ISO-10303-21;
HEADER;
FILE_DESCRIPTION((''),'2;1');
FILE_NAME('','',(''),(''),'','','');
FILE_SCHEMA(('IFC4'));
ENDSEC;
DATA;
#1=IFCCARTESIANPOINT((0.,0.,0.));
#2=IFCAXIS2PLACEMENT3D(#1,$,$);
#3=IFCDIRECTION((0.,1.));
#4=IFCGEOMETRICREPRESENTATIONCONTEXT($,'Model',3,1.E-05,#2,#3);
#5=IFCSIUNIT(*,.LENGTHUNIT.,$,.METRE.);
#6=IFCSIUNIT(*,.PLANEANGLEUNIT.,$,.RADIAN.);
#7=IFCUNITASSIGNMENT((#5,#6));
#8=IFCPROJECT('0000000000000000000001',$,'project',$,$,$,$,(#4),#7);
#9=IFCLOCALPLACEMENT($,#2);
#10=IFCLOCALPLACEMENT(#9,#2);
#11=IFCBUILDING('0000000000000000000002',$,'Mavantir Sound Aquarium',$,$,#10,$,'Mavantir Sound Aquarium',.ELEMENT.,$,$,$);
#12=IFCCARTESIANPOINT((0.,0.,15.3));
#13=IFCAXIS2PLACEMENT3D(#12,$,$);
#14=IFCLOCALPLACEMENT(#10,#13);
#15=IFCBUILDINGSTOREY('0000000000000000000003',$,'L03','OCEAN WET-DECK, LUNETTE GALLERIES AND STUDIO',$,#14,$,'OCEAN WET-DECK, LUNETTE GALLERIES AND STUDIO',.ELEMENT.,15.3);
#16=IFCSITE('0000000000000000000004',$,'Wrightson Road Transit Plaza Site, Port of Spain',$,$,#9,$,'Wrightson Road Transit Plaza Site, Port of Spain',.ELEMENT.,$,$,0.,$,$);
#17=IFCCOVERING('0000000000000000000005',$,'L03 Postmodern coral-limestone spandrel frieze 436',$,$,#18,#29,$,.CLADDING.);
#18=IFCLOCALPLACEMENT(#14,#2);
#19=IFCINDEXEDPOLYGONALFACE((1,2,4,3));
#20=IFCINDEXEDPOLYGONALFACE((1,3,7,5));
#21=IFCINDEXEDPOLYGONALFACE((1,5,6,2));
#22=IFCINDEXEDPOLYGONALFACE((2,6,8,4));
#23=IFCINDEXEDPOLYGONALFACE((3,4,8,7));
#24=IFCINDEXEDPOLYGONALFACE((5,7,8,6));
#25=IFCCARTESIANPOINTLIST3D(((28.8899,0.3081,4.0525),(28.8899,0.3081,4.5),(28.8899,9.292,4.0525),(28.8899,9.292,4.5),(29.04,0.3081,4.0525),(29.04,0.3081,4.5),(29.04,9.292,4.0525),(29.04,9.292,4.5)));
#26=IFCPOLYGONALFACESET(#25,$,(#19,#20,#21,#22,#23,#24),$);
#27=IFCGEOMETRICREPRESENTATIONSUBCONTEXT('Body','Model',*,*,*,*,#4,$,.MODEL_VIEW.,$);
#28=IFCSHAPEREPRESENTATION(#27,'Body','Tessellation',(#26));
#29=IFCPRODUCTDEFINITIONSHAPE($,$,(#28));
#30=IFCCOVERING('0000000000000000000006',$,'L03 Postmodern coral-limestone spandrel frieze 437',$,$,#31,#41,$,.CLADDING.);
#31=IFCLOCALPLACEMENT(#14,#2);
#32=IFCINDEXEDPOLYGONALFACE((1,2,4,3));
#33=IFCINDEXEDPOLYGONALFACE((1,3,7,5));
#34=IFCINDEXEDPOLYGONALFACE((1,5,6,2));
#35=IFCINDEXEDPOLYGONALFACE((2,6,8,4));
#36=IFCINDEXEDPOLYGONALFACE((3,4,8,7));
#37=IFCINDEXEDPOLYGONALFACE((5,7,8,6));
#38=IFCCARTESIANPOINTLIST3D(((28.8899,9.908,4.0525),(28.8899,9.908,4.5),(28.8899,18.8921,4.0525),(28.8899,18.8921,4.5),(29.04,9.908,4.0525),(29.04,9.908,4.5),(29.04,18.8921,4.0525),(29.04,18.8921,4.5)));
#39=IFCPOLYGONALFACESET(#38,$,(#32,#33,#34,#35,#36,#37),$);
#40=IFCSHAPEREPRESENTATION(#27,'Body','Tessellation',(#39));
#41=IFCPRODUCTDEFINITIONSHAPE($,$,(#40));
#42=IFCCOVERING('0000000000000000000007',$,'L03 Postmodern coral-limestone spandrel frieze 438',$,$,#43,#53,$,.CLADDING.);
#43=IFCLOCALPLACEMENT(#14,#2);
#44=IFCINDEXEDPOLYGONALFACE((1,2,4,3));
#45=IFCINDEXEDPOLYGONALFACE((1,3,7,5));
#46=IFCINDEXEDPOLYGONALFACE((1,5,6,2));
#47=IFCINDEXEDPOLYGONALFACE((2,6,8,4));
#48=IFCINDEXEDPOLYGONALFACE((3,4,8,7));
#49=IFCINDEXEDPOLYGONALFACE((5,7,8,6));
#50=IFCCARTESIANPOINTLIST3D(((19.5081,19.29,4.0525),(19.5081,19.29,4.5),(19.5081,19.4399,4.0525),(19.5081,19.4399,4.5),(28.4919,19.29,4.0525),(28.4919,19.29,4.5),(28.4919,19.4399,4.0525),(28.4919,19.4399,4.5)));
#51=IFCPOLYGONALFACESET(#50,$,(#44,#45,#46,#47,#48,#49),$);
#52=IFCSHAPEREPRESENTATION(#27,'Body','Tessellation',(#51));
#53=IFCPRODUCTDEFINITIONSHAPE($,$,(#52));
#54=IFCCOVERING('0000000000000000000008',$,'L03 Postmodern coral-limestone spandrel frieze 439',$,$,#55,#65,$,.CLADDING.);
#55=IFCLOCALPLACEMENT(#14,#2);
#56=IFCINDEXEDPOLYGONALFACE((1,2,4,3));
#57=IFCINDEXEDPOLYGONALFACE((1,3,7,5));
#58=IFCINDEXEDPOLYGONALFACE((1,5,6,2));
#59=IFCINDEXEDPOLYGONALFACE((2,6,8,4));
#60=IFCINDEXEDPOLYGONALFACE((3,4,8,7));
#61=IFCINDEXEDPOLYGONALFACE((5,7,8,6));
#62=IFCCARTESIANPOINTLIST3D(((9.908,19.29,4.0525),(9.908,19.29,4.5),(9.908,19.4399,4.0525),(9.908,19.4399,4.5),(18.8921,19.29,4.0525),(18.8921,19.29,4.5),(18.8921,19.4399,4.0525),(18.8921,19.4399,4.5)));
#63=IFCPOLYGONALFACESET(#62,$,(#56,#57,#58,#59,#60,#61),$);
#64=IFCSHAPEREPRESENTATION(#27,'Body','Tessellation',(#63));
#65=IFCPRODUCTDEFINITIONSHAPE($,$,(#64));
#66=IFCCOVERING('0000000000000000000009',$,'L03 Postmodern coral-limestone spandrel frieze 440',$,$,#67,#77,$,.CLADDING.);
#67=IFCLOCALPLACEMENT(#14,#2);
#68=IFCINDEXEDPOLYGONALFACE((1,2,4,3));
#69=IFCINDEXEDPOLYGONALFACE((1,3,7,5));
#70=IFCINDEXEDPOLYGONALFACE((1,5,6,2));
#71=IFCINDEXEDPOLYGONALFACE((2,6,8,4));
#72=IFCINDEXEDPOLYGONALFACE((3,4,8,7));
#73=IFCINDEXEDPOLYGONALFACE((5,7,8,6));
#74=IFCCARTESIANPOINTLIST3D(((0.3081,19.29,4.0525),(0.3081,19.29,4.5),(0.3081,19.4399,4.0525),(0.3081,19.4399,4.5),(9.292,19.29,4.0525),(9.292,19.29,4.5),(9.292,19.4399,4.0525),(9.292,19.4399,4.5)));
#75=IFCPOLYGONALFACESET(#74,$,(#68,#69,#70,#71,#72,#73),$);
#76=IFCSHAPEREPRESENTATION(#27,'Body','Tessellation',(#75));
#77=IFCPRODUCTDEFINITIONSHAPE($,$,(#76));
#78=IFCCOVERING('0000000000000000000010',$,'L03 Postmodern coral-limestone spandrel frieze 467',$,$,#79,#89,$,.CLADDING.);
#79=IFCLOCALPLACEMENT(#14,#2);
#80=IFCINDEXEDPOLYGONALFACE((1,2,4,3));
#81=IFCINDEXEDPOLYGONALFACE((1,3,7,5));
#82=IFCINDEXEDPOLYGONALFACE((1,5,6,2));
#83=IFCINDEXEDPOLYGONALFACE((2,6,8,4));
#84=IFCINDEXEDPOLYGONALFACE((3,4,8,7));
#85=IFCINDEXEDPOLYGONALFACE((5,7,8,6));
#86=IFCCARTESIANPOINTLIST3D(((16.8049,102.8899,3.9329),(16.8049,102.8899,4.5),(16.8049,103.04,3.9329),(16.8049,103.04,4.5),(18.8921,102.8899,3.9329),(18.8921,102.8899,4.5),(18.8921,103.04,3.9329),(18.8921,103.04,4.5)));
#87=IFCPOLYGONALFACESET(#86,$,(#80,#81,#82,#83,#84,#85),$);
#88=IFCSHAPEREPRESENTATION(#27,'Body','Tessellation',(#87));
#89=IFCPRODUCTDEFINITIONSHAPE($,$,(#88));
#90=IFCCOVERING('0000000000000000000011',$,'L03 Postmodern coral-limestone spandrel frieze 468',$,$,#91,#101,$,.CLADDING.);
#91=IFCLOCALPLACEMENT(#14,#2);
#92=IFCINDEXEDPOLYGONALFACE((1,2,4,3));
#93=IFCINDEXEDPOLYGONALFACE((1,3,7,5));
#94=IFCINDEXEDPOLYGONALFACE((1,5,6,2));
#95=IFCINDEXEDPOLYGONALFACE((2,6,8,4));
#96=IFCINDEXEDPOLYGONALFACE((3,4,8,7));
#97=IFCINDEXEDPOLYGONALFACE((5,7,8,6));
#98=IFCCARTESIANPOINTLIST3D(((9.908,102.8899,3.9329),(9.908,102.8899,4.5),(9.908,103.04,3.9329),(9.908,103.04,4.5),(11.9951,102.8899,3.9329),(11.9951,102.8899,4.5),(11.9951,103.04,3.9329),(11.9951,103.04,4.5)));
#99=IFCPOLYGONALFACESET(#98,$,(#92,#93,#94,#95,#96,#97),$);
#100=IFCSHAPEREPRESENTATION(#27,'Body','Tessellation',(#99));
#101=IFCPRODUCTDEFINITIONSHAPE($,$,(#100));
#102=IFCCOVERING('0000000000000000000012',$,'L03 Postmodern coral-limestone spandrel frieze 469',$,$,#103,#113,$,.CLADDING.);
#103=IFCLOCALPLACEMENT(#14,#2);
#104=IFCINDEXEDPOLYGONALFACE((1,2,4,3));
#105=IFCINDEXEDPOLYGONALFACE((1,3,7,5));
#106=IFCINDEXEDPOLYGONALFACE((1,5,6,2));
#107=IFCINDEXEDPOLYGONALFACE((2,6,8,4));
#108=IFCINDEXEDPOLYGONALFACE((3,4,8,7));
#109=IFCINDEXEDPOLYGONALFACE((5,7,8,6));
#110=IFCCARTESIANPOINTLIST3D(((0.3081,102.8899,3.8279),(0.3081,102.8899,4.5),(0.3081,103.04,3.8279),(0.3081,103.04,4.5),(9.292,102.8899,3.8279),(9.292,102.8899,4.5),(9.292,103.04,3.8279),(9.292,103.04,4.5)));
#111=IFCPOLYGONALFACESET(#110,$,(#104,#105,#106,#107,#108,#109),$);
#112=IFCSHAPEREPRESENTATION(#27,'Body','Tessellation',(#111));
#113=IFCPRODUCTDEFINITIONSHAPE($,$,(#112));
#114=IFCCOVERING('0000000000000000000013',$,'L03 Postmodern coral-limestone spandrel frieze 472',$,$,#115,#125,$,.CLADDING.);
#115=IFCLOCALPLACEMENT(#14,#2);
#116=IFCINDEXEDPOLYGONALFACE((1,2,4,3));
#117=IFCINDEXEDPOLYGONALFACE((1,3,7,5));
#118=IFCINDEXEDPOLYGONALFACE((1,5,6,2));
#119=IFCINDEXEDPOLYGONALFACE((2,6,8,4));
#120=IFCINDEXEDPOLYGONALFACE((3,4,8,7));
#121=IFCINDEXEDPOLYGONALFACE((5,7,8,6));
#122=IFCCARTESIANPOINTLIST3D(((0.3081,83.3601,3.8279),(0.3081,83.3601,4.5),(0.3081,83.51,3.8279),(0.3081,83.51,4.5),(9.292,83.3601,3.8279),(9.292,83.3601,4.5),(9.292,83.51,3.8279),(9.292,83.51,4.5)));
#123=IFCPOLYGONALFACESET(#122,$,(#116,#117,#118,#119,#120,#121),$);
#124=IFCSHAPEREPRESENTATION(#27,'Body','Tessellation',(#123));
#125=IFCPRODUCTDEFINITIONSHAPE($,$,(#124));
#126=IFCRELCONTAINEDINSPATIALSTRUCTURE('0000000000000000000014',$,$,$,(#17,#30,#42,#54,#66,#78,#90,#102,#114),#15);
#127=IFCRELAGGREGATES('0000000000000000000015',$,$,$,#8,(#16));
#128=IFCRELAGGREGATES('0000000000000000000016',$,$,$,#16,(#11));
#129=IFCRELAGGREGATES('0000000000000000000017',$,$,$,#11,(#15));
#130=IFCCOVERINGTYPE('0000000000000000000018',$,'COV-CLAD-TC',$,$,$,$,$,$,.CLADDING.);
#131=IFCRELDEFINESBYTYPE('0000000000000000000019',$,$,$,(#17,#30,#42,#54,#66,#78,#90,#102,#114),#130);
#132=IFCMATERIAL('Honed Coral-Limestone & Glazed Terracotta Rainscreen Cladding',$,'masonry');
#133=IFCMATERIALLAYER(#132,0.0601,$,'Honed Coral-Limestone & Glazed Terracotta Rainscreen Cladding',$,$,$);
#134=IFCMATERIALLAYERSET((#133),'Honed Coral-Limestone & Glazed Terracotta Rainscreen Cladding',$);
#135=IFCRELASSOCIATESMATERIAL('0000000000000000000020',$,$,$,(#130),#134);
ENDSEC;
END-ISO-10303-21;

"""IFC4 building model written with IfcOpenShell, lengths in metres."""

from ifc_helpers import new_model, si_unit, direction, frame, origin, place, context, subcontext, project, spatial, polyline, outline, extrude, material, layer, layer_set, type_object, element, save


model = new_model("IFC4")

# Units and contexts
model_context = context("Model", 3, precision=1e-05, world=origin(), true_north=direction((0.0, 1.0)))
body_context = subcontext(model_context, "Body", "Model", "MODEL_VIEW")
ifc_project = project(units=[si_unit("LENGTHUNIT", "METRE"), si_unit("PLANEANGLEUNIT", "RADIAN")], contexts=[model_context])

# Site, building, storey
site_placement = place(None, origin())
site = spatial("IfcSite", under=ifc_project, at=site_placement, Name="Wrightson Road Transit Plaza Site, Port of Spain", LongName="Wrightson Road Transit Plaza Site, Port of Spain", CompositionType="ELEMENT", RefElevation=0.0)
building_placement = place(site_placement, origin())
building = spatial("IfcBuilding", under=site, at=building_placement, Name="Mavantir Sound Aquarium", LongName="Mavantir Sound Aquarium", CompositionType="ELEMENT")
storey_placement = place(building_placement, frame((0.0, 0.0, 15.3)))
storey = spatial("IfcBuildingStorey", under=building, at=storey_placement, Name="L03", Description="OCEAN WET-DECK, LUNETTE GALLERIES AND STUDIO", LongName="OCEAN WET-DECK, LUNETTE GALLERIES AND STUDIO", CompositionType="ELEMENT", Elevation=15.3)

# Coverings
ifc_material = material(Name="Honed Coral-Limestone & Glazed Terracotta Rainscreen Cladding", Category="masonry")
ifc_layer = layer(ifc_material, 0.0601, Name="Honed Coral-Limestone & Glazed Terracotta Rainscreen Cladding")
ifc_layer_set = layer_set([ifc_layer], Name="Honed Coral-Limestone & Glazed Terracotta Rainscreen Cladding")
covering_type = type_object("IfcCoveringType", Name="COV-CLAD-TC", PredefinedType="CLADDING", material=ifc_layer_set)
covering_1_placement = place(storey_placement, frame((0.0, 0.0, 4.0525)))
element("IfcCovering", 1, at=covering_1_placement, inside=storey, type_object=covering_type, Name="L03 Postmodern coral-limestone spandrel frieze 436", PredefinedType="CLADDING", context=body_context, shape_type="SweptSolid", body=[
    extrude(outline(polyline([(28.8899, 0.3081), (28.8899, 9.292), (29.04, 9.292), (29.04, 0.3081), (28.8899, 0.3081)])), origin(), (0.0, 0.0, 1.0), 0.4475),
])
covering_2_placement = place(storey_placement, frame((0.0, 0.0, 4.0525)))
element("IfcCovering", 2, at=covering_2_placement, inside=storey, type_object=covering_type, Name="L03 Postmodern coral-limestone spandrel frieze 437", PredefinedType="CLADDING", context=body_context, shape_type="SweptSolid", body=[
    extrude(outline(polyline([(28.8899, 9.908), (28.8899, 18.8921), (29.04, 18.8921), (29.04, 9.908), (28.8899, 9.908)])), origin(), (0.0, 0.0, 1.0), 0.4475),
])
covering_3_placement = place(storey_placement, frame((0.0, 0.0, 4.0525)))
element("IfcCovering", 3, at=covering_3_placement, inside=storey, type_object=covering_type, Name="L03 Postmodern coral-limestone spandrel frieze 438", PredefinedType="CLADDING", context=body_context, shape_type="SweptSolid", body=[
    extrude(outline(polyline([(28.4919, 19.29), (19.5081, 19.29), (19.5081, 19.4399), (28.4919, 19.4399), (28.4919, 19.29)])), origin(), (0.0, 0.0, 1.0), 0.4475),
])
covering_4_placement = place(storey_placement, frame((0.0, 0.0, 4.0525)))
element("IfcCovering", 4, at=covering_4_placement, inside=storey, type_object=covering_type, Name="L03 Postmodern coral-limestone spandrel frieze 439", PredefinedType="CLADDING", context=body_context, shape_type="SweptSolid", body=[
    extrude(outline(polyline([(18.8921, 19.29), (9.908, 19.29), (9.908, 19.4399), (18.8921, 19.4399), (18.8921, 19.29)])), origin(), (0.0, 0.0, 1.0), 0.4475),
])
covering_5_placement = place(storey_placement, frame((0.0, 0.0, 4.0525)))
element("IfcCovering", 5, at=covering_5_placement, inside=storey, type_object=covering_type, Name="L03 Postmodern coral-limestone spandrel frieze 440", PredefinedType="CLADDING", context=body_context, shape_type="SweptSolid", body=[
    extrude(outline(polyline([(9.292, 19.29), (0.3081, 19.29), (0.3081, 19.4399), (9.292, 19.4399), (9.292, 19.29)])), origin(), (0.0, 0.0, 1.0), 0.4475),
])
covering_6_placement = place(storey_placement, frame((0.0, 0.0, 3.9329)))
element("IfcCovering", 6, at=covering_6_placement, inside=storey, type_object=covering_type, Name="L03 Postmodern coral-limestone spandrel frieze 467", PredefinedType="CLADDING", context=body_context, shape_type="SweptSolid", body=[
    extrude(outline(polyline([(18.8921, 102.8899), (16.8049, 102.8899), (16.8049, 103.04), (18.8921, 103.04), (18.8921, 102.8899)])), origin(), (0.0, 0.0, 1.0), 0.5671),
])
covering_7_placement = place(storey_placement, frame((0.0, 0.0, 3.9329)))
element("IfcCovering", 7, at=covering_7_placement, inside=storey, type_object=covering_type, Name="L03 Postmodern coral-limestone spandrel frieze 468", PredefinedType="CLADDING", context=body_context, shape_type="SweptSolid", body=[
    extrude(outline(polyline([(11.9951, 102.8899), (9.908, 102.8899), (9.908, 103.04), (11.9951, 103.04), (11.9951, 102.8899)])), origin(), (0.0, 0.0, 1.0), 0.5671),
])
covering_8_placement = place(storey_placement, frame((0.0, 0.0, 3.8279)))
element("IfcCovering", 8, at=covering_8_placement, inside=storey, type_object=covering_type, Name="L03 Postmodern coral-limestone spandrel frieze 469", PredefinedType="CLADDING", context=body_context, shape_type="SweptSolid", body=[
    extrude(outline(polyline([(9.292, 102.8899), (0.3081, 102.8899), (0.3081, 103.04), (9.292, 103.04), (9.292, 102.8899)])), origin(), (0.0, 0.0, 1.0), 0.6721),
])
covering_9_placement = place(storey_placement, frame((0.0, 0.0, 3.8279)))
element("IfcCovering", 9, at=covering_9_placement, inside=storey, type_object=covering_type, Name="L03 Postmodern coral-limestone spandrel frieze 472", PredefinedType="CLADDING", context=body_context, shape_type="SweptSolid", body=[
    extrude(outline(polyline([(0.3081, 83.51), (9.292, 83.51), (9.292, 83.3601), (0.3081, 83.3601), (0.3081, 83.51)])), origin(), (0.0, 0.0, 1.0), 0.6721),
])

save(model, "model.ifc")
